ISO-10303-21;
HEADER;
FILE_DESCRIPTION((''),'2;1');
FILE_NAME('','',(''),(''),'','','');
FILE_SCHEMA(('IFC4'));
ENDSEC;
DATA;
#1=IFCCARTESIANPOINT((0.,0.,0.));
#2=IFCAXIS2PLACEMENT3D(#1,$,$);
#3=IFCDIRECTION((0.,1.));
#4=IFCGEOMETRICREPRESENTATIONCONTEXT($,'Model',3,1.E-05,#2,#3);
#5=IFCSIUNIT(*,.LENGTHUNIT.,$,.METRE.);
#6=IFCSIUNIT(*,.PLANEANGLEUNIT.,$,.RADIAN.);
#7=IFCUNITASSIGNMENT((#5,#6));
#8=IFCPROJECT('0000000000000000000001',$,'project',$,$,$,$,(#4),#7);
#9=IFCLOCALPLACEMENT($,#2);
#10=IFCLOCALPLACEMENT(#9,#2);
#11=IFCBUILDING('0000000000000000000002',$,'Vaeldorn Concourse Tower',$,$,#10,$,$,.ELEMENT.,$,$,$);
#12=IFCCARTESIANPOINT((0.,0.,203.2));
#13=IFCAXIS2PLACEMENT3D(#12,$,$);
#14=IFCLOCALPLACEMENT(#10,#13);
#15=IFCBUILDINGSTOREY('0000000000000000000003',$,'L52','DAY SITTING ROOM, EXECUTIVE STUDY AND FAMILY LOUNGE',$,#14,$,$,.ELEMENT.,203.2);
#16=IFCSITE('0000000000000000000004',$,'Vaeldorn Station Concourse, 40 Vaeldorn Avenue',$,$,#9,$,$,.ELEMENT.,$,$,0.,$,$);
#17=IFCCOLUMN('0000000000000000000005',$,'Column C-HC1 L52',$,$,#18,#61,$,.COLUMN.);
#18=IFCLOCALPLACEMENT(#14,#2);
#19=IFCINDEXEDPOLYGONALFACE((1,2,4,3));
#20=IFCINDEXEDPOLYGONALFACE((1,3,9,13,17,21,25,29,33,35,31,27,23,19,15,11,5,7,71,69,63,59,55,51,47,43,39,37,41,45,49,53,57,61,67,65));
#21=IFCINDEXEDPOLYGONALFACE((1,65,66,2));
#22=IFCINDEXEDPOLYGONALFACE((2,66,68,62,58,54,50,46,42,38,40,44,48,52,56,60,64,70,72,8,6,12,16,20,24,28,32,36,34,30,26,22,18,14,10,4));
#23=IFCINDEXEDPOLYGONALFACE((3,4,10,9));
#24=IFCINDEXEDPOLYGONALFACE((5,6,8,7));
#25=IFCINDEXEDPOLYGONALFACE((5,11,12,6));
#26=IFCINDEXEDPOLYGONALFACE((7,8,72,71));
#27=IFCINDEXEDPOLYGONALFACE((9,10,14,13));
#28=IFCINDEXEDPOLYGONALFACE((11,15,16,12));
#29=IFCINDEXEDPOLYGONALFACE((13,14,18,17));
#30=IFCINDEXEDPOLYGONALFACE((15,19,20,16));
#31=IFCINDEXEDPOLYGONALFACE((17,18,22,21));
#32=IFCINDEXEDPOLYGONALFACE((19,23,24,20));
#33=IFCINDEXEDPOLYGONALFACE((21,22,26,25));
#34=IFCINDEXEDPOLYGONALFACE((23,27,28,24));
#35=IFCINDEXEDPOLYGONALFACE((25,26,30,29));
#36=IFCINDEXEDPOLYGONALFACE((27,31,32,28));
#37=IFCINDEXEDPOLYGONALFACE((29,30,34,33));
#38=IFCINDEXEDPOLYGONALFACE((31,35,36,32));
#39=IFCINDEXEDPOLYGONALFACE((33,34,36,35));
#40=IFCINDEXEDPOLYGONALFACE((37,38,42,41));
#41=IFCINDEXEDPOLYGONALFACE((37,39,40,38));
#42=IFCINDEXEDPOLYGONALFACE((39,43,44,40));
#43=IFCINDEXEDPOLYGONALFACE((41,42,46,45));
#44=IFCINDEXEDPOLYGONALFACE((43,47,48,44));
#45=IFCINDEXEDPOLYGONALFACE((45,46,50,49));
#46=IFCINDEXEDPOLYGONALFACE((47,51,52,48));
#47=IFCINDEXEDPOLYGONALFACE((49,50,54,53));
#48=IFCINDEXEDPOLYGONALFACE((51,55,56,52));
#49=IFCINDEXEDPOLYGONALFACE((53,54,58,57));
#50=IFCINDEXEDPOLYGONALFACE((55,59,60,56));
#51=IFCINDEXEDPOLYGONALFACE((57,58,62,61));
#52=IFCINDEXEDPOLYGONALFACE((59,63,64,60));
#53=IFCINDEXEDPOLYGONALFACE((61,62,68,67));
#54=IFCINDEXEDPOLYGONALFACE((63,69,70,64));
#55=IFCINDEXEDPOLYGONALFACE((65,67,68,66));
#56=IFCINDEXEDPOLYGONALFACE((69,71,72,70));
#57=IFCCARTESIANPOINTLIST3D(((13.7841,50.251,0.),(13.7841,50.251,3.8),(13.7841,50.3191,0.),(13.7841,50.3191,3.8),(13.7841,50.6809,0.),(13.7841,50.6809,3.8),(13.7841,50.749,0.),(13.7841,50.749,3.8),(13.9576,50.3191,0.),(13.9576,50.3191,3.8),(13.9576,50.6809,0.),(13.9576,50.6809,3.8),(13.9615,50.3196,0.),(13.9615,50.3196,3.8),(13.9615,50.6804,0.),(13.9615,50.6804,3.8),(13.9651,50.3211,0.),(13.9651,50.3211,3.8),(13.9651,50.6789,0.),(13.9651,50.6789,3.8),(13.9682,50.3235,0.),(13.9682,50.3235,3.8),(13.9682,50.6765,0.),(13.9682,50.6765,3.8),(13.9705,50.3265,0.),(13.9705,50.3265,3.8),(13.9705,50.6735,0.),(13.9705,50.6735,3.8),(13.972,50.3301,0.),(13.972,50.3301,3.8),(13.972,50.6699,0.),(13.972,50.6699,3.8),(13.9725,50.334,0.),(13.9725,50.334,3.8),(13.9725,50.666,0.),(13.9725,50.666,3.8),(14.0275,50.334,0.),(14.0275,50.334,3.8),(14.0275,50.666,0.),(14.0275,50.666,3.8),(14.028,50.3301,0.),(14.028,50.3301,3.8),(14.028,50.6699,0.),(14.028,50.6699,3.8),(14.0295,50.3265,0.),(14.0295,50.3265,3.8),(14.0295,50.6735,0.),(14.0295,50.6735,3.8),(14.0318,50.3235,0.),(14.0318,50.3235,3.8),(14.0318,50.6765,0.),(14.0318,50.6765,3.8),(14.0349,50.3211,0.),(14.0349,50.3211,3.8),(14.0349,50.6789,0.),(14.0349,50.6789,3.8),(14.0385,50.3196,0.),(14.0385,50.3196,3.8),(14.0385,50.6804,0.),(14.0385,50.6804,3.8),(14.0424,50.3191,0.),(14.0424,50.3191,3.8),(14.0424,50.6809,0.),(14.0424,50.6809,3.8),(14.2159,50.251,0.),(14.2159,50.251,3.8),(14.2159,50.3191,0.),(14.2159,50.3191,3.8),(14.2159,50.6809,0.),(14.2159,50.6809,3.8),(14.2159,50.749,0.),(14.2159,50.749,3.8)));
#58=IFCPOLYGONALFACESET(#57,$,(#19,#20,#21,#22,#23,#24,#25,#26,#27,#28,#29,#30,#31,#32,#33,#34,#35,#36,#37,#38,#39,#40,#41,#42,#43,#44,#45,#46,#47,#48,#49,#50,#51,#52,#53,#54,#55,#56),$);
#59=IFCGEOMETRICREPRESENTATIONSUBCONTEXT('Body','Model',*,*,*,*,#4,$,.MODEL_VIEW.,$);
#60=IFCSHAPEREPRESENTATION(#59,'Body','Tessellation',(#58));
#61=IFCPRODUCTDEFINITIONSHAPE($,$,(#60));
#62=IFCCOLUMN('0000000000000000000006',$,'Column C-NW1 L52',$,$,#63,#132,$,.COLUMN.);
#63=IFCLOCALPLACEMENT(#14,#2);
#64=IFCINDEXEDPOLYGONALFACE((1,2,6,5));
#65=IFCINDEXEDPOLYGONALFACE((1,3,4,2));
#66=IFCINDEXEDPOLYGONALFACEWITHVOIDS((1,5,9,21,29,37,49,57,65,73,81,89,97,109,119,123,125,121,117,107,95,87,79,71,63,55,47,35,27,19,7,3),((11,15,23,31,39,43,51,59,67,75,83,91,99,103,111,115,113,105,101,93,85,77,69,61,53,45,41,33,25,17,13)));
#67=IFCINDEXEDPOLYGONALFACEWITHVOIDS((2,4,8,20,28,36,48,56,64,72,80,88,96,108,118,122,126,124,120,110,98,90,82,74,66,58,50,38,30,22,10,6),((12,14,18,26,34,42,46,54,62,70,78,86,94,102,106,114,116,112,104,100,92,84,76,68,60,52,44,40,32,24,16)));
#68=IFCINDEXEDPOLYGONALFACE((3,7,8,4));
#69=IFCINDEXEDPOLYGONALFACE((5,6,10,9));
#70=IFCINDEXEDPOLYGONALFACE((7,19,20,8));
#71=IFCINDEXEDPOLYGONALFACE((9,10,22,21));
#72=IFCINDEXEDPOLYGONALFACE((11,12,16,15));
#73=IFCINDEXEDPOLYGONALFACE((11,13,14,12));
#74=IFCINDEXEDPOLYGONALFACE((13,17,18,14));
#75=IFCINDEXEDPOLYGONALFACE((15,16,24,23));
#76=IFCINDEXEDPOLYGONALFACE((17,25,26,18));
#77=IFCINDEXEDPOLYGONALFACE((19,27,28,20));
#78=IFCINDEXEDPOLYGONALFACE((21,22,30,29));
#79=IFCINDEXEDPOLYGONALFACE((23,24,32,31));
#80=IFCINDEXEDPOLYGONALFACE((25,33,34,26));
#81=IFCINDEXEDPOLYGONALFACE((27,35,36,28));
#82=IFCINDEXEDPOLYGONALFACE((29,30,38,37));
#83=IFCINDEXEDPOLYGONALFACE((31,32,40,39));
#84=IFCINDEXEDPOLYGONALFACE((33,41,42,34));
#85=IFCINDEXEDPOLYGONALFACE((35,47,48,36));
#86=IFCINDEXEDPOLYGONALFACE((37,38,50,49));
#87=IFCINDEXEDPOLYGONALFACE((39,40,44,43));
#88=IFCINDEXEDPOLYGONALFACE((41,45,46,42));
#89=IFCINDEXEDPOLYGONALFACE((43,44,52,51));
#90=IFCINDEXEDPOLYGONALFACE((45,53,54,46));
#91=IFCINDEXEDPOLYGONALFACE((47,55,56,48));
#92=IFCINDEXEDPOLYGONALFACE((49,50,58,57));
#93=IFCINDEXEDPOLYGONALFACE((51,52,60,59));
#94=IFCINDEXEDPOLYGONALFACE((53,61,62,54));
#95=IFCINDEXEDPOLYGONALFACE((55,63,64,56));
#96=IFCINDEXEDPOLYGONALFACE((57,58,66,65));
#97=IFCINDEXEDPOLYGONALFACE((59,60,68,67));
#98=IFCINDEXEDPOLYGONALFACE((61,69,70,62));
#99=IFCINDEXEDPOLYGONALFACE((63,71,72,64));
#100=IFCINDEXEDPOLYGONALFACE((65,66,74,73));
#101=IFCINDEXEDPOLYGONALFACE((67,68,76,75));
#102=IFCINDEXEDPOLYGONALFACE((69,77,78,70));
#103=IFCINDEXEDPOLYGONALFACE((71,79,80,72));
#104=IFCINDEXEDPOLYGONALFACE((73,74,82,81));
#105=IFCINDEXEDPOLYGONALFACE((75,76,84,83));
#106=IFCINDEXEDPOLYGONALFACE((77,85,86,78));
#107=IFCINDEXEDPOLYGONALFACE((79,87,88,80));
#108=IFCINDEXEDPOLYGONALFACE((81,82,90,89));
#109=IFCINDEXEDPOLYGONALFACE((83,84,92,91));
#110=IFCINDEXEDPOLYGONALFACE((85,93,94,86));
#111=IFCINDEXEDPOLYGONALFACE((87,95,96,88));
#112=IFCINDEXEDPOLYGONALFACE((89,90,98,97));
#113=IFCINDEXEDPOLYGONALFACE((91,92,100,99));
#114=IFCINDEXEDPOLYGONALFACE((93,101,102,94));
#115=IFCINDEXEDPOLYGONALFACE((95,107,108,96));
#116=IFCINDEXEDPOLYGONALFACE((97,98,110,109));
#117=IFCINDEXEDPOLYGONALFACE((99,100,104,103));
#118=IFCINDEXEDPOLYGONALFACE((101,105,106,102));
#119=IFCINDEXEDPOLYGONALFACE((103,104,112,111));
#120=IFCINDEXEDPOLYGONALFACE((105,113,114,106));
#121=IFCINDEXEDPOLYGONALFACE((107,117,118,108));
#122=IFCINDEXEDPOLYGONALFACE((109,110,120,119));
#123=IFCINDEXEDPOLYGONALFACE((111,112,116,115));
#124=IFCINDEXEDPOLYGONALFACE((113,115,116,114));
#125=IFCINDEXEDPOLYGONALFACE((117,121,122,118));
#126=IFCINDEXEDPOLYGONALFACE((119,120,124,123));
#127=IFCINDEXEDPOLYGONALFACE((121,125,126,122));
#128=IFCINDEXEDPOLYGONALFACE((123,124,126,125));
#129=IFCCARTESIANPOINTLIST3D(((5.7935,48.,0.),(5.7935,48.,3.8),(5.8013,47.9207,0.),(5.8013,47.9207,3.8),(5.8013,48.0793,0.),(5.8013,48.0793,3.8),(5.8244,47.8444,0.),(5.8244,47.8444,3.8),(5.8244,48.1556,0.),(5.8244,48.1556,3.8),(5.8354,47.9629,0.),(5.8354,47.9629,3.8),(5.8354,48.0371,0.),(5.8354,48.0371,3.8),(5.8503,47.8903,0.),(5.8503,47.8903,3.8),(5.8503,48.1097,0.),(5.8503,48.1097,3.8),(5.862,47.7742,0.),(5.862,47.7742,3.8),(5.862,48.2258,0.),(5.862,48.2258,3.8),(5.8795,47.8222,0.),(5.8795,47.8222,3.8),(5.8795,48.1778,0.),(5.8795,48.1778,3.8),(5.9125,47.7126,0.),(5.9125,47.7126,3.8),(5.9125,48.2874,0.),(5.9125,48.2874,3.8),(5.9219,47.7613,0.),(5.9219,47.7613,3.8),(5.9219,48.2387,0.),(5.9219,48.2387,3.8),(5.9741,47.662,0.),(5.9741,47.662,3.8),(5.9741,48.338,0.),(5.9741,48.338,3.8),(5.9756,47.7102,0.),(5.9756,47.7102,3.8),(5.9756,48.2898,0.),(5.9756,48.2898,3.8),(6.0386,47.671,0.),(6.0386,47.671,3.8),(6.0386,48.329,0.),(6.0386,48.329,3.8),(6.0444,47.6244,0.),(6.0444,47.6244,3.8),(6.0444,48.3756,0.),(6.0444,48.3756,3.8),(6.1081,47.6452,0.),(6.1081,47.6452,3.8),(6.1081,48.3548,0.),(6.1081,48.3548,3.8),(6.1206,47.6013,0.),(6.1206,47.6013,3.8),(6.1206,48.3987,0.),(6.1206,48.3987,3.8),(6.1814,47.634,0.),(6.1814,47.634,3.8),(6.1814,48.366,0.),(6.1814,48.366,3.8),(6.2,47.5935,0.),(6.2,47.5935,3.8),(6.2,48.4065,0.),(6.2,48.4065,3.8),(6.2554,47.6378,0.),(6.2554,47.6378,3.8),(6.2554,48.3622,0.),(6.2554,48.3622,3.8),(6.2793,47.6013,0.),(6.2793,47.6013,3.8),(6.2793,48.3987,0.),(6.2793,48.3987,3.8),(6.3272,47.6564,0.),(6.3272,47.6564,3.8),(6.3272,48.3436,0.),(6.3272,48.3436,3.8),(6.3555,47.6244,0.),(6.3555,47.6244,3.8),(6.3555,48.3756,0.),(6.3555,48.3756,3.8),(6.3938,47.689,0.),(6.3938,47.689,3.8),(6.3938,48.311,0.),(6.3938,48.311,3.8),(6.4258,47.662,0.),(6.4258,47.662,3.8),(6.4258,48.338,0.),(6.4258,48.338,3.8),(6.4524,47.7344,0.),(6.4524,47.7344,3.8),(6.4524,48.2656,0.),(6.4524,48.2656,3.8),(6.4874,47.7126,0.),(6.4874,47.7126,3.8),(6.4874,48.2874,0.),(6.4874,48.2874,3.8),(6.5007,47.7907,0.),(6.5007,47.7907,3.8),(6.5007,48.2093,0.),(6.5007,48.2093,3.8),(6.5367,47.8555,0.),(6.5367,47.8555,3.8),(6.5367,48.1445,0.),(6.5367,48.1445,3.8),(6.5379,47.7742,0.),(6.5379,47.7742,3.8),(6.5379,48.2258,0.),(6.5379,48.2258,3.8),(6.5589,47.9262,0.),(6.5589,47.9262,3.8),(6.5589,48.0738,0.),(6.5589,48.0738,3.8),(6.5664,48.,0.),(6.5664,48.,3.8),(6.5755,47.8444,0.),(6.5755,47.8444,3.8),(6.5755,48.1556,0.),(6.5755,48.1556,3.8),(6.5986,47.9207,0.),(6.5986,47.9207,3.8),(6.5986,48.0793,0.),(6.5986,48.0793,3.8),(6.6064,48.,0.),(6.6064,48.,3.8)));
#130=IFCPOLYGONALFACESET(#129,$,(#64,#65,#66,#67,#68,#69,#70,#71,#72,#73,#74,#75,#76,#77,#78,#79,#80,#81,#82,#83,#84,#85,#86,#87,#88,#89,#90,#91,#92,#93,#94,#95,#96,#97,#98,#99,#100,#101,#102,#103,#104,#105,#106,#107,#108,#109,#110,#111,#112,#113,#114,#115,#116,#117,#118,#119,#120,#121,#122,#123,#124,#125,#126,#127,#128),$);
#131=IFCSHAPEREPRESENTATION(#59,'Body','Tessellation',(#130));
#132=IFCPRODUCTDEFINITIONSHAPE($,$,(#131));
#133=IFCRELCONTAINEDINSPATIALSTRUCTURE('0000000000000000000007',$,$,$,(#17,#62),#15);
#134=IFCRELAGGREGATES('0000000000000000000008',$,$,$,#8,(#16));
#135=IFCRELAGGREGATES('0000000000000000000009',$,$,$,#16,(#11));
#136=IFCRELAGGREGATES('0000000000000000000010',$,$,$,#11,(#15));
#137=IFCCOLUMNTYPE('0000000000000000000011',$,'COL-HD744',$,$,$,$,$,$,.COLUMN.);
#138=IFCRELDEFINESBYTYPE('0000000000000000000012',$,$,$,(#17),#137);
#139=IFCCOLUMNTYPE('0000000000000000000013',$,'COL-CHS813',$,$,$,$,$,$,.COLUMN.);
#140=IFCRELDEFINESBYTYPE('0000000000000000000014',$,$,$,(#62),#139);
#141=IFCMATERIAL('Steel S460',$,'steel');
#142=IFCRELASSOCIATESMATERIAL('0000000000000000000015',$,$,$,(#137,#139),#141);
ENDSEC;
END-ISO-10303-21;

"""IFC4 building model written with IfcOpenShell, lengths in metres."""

from ifc_helpers import new_model, si_unit, direction, frame, origin, origin_2d, place, context, subcontext, project, spatial, hollow_circle, i_section, extrude, source, transform, mapped, material, material_profile, profile_set, type_object, element, save


model = new_model("IFC4")

# Units and contexts
model_context = context("Model", 3, precision=1e-05, world=origin(), true_north=direction((0.0, 1.0)))
body_context = subcontext(model_context, "Body", "Model", "MODEL_VIEW")
ifc_project = project(units=[si_unit("LENGTHUNIT", "METRE"), si_unit("PLANEANGLEUNIT", "RADIAN")], contexts=[model_context])

# Site, building, storey
site_placement = place(None, origin())
site = spatial("IfcSite", under=ifc_project, at=site_placement, Name="Vaeldorn Station Concourse, 40 Vaeldorn Avenue", CompositionType="ELEMENT", RefElevation=0.0)
building_placement = place(site_placement, origin())
building = spatial("IfcBuilding", under=site, at=building_placement, Name="Vaeldorn Concourse Tower", CompositionType="ELEMENT")
storey_placement = place(building_placement, frame((0.0, 0.0, 203.2)))
storey = spatial("IfcBuildingStorey", under=building, at=storey_placement, Name="L52", Description="DAY SITTING ROOM, EXECUTIVE STUDY AND FAMILY LOUNGE", CompositionType="ELEMENT", Elevation=203.2)

# Columns
ifc_material_1 = material(Name="Steel S460", Category="steel")
ifc_material_profile_1 = material_profile(ifc_material_1, i_section(OverallWidth=0.4319, OverallDepth=0.498, WebThickness=0.0549, FlangeThickness=0.0681, FilletRadius=0.0149, at=origin_2d()), Name="HD 400x744")
ifc_profile_set_1 = profile_set([ifc_material_profile_1], Name="Steel S460")
column_type_1 = type_object("IfcColumnType", Name="COL-HD744", PredefinedType="COLUMN", material=ifc_profile_set_1)
shared_shape_1 = source(origin(), body_context, "Body", "SweptSolid", [
    extrude(i_section(OverallWidth=0.4319, OverallDepth=0.498, WebThickness=0.0549, FlangeThickness=0.0681, FilletRadius=0.0149, at=origin_2d()), origin(), (0.0, 0.0, 1.0), 3.8),
])
column_1_placement = place(storey_placement, frame((14.0, 50.5, 0.0), z_axis=(0.0, 0.0, 1.0), x_axis=(1.0, 0.0, 0.0)))
element("IfcColumn", 1, at=column_1_placement, inside=storey, type_object=column_type_1, Name="Column C-HC1 L52", PredefinedType="COLUMN", context=body_context, shape_type="MappedRepresentation", body=[
    mapped(shared_shape_1, transform((0.0, 0.0, 0.0), scale=1.0)),
])
ifc_material_profile_2 = material_profile(ifc_material_1, hollow_circle(Radius=0.4065, WallThickness=0.04, at=origin_2d()), Name="CHS 813x40")
ifc_profile_set_2 = profile_set([ifc_material_profile_2], Name="Steel S460")
column_type_2 = type_object("IfcColumnType", Name="COL-CHS813", PredefinedType="COLUMN", material=ifc_profile_set_2)
shared_shape_2 = source(origin(), body_context, "Body", "SweptSolid", [
    extrude(hollow_circle(Radius=0.4065, WallThickness=0.04, at=origin_2d()), origin(), (0.0, 0.0, 1.0), 3.8),
])
column_2_placement = place(storey_placement, frame((6.2, 48.0, 0.0), z_axis=(0.0, 0.0, 1.0), x_axis=(1.0, 0.0, 0.0)))
element("IfcColumn", 2, at=column_2_placement, inside=storey, type_object=column_type_2, Name="Column C-NW1 L52", PredefinedType="COLUMN", context=body_context, shape_type="MappedRepresentation", body=[
    mapped(shared_shape_2, transform((0.0, 0.0, 0.0), scale=1.0)),
])

save(model, "model.ifc")
